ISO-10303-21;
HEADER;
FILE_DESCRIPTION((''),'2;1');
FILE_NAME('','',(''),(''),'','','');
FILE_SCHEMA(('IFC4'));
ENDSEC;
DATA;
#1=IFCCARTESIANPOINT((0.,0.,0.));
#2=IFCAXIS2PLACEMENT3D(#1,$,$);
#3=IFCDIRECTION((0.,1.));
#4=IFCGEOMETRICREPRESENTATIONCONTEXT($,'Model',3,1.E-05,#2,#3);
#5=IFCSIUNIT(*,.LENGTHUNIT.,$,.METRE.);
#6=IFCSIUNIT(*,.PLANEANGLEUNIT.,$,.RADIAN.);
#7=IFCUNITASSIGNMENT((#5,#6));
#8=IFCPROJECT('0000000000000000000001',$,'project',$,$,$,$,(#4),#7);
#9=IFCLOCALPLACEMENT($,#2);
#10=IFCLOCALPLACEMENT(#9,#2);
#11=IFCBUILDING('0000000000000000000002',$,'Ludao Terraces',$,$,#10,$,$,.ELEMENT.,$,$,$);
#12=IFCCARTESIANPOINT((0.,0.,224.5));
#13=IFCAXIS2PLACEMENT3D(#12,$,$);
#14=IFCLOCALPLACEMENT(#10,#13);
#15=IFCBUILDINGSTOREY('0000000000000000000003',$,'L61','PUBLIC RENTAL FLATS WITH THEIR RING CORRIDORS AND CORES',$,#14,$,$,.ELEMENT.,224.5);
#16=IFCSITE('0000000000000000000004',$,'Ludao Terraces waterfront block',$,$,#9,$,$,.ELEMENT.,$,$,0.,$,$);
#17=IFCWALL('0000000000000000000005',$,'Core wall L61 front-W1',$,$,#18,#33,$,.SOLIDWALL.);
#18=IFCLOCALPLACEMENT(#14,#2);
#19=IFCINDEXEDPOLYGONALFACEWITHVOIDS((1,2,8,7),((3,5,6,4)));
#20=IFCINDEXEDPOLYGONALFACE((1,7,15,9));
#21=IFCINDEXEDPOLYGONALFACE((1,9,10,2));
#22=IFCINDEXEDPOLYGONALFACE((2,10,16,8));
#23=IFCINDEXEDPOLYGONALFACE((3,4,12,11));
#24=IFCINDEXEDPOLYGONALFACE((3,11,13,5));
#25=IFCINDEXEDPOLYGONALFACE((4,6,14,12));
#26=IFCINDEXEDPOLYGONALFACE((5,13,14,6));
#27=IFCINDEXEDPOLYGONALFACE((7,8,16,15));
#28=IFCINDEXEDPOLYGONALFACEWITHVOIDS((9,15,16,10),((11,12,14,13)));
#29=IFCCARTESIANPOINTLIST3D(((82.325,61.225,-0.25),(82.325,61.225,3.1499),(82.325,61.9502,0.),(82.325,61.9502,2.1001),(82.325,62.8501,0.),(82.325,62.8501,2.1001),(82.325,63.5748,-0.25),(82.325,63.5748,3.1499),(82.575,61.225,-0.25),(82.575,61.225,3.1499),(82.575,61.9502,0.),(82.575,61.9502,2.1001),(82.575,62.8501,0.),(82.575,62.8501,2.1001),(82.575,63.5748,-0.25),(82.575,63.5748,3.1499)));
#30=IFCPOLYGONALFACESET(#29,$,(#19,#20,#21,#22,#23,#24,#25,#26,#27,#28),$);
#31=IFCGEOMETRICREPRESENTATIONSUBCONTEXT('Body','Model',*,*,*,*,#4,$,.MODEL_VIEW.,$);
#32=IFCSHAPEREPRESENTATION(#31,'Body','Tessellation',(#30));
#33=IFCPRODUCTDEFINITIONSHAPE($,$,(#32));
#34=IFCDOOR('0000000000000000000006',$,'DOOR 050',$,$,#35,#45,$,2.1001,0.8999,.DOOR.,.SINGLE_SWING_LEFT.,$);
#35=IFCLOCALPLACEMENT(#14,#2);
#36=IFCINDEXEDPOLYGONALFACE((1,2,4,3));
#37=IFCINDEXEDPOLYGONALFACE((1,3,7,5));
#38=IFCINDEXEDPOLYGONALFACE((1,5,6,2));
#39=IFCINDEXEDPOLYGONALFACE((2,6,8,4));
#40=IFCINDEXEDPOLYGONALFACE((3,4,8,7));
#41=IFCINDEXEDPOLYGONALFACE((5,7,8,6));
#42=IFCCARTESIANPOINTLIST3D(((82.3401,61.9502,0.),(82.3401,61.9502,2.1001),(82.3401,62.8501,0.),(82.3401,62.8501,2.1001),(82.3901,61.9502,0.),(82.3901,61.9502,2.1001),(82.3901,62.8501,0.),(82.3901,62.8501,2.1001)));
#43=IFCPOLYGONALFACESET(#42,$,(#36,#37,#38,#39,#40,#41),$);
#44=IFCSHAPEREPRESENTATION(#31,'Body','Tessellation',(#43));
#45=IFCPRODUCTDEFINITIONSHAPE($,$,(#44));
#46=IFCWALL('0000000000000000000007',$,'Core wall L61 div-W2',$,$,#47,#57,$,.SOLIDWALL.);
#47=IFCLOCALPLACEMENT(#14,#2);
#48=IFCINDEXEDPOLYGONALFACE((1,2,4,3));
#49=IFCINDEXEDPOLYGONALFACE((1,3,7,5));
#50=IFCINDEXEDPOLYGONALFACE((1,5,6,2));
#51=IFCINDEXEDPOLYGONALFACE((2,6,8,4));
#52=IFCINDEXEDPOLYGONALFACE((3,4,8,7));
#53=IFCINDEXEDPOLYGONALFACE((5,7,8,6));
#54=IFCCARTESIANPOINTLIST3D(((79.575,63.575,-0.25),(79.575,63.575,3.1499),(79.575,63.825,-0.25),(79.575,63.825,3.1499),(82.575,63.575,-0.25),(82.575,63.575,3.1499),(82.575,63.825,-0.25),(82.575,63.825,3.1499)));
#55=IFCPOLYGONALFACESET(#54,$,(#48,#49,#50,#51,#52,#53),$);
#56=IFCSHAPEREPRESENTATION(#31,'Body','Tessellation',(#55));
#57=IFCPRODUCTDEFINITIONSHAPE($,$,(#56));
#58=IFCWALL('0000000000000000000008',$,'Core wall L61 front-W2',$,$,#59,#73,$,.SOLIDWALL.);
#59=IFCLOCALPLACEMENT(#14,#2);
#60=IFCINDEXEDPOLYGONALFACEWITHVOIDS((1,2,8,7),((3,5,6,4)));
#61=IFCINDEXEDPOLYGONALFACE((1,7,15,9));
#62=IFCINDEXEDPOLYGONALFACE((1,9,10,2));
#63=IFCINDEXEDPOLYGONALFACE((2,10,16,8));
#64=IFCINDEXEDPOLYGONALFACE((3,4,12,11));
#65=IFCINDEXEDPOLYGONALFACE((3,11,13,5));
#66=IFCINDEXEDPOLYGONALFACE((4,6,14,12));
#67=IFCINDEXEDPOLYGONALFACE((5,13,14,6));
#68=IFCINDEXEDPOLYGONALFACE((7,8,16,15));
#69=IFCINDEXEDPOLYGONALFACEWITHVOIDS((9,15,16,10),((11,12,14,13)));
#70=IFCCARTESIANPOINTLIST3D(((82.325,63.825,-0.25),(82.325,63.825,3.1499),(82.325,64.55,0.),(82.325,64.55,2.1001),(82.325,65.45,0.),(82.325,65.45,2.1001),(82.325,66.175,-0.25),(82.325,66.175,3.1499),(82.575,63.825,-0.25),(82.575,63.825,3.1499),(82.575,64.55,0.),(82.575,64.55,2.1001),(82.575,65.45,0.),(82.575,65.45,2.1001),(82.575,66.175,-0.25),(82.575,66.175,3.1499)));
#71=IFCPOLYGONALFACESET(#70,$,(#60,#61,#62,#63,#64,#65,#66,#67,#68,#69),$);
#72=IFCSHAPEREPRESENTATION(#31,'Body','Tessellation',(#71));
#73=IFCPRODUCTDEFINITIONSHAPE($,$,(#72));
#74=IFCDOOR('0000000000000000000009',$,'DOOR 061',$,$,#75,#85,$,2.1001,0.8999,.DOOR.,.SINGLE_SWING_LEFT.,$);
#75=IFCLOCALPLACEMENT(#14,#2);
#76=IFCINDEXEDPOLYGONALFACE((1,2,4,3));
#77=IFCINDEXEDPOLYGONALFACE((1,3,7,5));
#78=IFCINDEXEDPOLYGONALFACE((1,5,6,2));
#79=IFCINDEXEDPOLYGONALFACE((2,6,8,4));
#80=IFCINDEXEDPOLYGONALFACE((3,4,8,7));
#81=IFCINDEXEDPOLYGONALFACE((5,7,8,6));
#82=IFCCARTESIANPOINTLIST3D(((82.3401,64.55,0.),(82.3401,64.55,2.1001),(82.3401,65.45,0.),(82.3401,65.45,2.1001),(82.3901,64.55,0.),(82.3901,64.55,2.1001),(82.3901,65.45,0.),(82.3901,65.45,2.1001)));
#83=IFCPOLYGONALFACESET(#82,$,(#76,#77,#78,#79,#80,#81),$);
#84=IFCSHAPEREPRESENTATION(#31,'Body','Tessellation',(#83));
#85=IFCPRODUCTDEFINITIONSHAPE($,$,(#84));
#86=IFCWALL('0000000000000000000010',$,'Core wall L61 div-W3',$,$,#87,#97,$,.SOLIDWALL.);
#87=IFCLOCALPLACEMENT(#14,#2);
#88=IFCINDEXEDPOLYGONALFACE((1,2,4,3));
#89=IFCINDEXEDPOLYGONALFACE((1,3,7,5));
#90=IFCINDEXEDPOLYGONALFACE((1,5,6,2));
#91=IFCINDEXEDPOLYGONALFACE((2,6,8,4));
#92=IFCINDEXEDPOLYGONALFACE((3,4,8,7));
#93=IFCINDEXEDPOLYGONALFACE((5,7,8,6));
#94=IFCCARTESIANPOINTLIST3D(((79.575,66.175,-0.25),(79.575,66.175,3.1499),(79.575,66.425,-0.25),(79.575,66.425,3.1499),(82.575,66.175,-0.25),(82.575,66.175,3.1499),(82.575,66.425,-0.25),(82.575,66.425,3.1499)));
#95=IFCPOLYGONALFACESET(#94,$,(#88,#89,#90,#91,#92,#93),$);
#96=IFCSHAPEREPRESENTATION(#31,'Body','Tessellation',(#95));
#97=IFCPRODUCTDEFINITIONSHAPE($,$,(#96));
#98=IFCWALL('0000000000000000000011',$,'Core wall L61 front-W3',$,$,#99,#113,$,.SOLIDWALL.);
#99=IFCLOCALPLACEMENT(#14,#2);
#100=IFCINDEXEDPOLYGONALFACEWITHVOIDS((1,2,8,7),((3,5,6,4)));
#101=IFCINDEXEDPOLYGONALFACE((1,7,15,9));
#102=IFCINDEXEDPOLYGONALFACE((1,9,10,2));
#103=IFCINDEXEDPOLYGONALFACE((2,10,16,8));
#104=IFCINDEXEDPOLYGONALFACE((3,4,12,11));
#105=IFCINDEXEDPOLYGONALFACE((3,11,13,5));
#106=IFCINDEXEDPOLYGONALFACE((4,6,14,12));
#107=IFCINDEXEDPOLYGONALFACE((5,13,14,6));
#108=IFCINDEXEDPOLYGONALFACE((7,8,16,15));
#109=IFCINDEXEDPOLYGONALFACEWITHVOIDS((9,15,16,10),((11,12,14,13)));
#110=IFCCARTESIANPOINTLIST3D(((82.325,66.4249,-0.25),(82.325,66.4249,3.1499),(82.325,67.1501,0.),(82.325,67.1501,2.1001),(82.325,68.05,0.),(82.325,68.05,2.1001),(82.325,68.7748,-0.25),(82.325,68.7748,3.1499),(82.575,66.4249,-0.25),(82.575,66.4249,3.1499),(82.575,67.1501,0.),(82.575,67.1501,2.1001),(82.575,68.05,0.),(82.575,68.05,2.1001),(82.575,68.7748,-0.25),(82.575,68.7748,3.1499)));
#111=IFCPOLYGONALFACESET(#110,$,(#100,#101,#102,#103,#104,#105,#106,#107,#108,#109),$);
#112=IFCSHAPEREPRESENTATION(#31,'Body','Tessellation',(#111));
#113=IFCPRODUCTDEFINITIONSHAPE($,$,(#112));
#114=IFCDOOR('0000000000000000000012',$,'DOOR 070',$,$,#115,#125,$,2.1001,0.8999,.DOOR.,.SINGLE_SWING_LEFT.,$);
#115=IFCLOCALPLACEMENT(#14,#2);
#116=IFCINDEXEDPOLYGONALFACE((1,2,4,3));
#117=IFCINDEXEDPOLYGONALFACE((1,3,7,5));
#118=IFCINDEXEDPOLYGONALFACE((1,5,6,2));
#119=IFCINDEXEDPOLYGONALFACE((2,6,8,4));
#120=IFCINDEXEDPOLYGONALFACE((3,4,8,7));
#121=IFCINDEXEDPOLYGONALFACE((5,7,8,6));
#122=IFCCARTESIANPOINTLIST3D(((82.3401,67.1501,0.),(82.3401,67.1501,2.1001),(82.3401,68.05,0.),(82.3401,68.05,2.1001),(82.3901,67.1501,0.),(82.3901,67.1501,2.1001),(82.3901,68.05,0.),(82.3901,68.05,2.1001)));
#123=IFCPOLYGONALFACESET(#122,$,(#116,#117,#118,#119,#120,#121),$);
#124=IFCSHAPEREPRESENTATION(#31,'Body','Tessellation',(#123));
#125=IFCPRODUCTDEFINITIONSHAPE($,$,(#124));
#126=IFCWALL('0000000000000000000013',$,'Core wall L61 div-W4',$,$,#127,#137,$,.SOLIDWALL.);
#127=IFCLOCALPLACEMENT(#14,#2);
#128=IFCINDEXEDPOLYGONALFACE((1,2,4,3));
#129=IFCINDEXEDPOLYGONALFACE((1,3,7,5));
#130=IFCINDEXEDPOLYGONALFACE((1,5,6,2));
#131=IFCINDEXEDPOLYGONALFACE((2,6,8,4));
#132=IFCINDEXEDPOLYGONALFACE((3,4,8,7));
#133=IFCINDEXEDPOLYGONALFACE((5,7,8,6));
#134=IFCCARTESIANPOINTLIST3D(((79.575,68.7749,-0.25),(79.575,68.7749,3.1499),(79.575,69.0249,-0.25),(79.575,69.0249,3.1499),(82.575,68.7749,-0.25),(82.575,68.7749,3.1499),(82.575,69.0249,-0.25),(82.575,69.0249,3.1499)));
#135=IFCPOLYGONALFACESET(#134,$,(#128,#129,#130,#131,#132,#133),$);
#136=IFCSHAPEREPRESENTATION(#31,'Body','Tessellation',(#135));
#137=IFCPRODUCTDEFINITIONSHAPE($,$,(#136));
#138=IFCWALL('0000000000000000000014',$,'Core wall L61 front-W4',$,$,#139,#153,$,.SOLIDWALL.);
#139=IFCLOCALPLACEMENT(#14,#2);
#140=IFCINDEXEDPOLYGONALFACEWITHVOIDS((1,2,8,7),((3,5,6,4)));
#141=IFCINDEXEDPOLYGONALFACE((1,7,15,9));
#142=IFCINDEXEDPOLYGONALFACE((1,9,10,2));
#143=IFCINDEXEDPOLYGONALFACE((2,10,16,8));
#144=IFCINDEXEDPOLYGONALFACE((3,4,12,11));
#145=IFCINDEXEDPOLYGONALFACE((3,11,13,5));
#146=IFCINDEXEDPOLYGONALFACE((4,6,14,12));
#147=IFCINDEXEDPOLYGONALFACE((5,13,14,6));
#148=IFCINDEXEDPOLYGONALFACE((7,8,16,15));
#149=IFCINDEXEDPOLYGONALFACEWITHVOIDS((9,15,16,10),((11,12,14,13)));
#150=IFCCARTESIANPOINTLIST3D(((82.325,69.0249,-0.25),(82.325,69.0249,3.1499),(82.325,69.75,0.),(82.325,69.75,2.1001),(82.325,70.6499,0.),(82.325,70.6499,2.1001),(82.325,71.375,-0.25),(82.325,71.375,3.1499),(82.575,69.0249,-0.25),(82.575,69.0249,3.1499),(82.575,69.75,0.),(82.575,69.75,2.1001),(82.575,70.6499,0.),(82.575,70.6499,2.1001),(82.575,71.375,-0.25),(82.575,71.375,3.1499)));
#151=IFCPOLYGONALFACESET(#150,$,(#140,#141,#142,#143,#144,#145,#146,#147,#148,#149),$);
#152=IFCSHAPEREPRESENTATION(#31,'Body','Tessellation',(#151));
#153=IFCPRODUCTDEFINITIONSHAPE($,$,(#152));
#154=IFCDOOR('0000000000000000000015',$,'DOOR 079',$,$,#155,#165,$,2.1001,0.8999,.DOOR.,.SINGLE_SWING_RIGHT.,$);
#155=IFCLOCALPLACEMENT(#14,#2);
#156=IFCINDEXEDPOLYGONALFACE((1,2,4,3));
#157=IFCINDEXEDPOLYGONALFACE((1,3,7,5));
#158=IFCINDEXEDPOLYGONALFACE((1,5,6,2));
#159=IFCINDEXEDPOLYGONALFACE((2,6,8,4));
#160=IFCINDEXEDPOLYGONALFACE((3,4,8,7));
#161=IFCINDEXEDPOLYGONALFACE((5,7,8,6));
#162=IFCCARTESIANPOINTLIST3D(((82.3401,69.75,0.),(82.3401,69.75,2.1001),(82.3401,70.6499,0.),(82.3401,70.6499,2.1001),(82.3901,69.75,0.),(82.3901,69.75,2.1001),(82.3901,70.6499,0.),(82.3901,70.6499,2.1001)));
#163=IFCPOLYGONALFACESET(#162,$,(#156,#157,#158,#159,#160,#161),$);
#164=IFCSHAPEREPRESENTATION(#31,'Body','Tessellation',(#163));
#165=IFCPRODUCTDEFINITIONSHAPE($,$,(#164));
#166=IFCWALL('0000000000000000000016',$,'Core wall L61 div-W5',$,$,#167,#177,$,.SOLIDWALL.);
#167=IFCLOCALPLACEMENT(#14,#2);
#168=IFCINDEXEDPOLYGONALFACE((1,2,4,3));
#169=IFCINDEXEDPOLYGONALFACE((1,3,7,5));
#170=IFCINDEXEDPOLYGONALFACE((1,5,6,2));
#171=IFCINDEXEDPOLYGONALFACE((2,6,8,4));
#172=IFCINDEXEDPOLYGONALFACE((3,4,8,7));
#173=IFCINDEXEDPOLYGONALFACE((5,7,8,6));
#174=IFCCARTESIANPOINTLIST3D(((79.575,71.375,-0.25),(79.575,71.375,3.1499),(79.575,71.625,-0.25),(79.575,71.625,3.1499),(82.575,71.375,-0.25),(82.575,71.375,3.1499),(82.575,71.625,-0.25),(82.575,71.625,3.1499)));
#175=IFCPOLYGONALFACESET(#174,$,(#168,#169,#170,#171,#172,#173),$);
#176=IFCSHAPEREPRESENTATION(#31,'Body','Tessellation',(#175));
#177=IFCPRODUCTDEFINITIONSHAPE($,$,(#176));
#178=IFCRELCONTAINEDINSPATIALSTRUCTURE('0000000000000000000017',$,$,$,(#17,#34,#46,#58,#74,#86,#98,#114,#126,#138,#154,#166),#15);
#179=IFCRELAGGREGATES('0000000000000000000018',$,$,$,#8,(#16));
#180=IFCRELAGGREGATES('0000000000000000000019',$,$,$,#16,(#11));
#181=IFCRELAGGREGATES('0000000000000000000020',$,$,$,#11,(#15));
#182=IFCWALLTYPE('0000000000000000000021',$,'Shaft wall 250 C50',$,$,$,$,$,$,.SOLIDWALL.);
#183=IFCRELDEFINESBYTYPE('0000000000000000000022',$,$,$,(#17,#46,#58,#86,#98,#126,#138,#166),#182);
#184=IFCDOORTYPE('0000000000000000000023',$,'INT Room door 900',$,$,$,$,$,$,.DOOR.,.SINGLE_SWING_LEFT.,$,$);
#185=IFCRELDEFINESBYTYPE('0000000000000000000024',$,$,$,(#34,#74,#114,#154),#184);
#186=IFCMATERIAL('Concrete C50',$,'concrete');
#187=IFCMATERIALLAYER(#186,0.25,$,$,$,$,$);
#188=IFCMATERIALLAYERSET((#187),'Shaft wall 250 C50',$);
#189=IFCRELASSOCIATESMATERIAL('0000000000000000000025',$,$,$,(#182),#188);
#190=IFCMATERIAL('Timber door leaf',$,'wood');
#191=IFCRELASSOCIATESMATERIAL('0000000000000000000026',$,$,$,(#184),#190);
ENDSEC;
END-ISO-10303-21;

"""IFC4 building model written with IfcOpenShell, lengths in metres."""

from ifc_helpers import new_model, si_unit, direction, frame, frame_2d, origin, place, context, subcontext, project, spatial, rectangle, extrude, material, layer, layer_set, type_object, element, fill, save


model = new_model("IFC4")

# Units and contexts
model_context = context("Model", 3, precision=1e-05, world=origin(), true_north=direction((0.0, 1.0)))
body_context = subcontext(model_context, "Body", "Model", "MODEL_VIEW")
ifc_project = project(units=[si_unit("LENGTHUNIT", "METRE"), si_unit("PLANEANGLEUNIT", "RADIAN")], contexts=[model_context])

# Site, building, storey
site_placement = place(None, origin())
site = spatial("IfcSite", under=ifc_project, at=site_placement, Name="Ludao Terraces waterfront block", CompositionType="ELEMENT", RefElevation=0.0)
building_placement = place(site_placement, origin())
building = spatial("IfcBuilding", under=site, at=building_placement, Name="Ludao Terraces", CompositionType="ELEMENT")
storey_placement = place(building_placement, frame((0.0, 0.0, 224.5)))
storey = spatial("IfcBuildingStorey", under=building, at=storey_placement, Name="L61", Description="PUBLIC RENTAL FLATS WITH THEIR RING CORRIDORS AND CORES", CompositionType="ELEMENT", Elevation=224.5)

# Shared definitions
ifc_material_1 = material(Name="Concrete C50", Category="concrete")

# Shared definitions
ifc_material_2 = material(Name="Timber door leaf", Category="wood")

# Wall, opening, door
ifc_layer_1 = layer(ifc_material_1, 0.25)
ifc_layer_set_1 = layer_set([ifc_layer_1], Name="Shaft wall 250 C50")
wall_type_1 = type_object("IfcWallType", Name="Shaft wall 250 C50", PredefinedType="SOLIDWALL", material=ifc_layer_set_1)
wall_1_placement = place(storey_placement, frame((82.45, 61.2251, -0.25), z_axis=(0.0, 0.0, 1.0), x_axis=(0.0, 1.0, 0.0)))
wall_1 = element("IfcWall", 1, at=wall_1_placement, inside=storey, type_object=wall_type_1, Name="Core wall L61 front-W1", PredefinedType="SOLIDWALL", context=body_context, shape_type="SweptSolid", body=[
    extrude(rectangle(XDim=2.3499, YDim=0.25, at=frame_2d((1.1748, 0.0))), origin(), (0.0, 0.0, 1.0), 3.3999),
])
opening_1_placement = place(wall_1_placement, frame((0.7251, 0.0, 0.25)))
opening_1 = element("IfcOpeningElement", 2, at=opening_1_placement, cuts=wall_1, PredefinedType="OPENING", context=body_context, shape_type="SweptSolid", body=[
    extrude(rectangle(XDim=0.8999, YDim=2.1001, at=frame_2d((0.45, 1.05))), frame((0.0, 0.135, 0.0), z_axis=(0.0, -1.0, 0.0), x_axis=(1.0, 0.0, 0.0)), (0.0, 0.0, 1.0), 0.27),
])
door_type_1 = type_object("IfcDoorType", Name="INT Room door 900", OperationType="SINGLE_SWING_LEFT", PredefinedType="DOOR", material=ifc_material_2)
door_1_placement = place(opening_1_placement, origin())
door_1 = element("IfcDoor", 3, at=door_1_placement, inside=storey, type_object=door_type_1, Name="DOOR 050", OperationType="SINGLE_SWING_LEFT", OverallHeight=2.1001, OverallWidth=0.8999, PredefinedType="DOOR", context=body_context, shape_type="SweptSolid", body=[
    extrude(rectangle(XDim=0.8999, YDim=2.1001, at=frame_2d((0.45, 1.05))), frame((0.0, 0.1099, 0.0), z_axis=(0.0, -1.0, 0.0), x_axis=(1.0, 0.0, 0.0)), (0.0, 0.0, 1.0), 0.05),
])
fill(opening_1, door_1)

# Wall
wall_2_placement = place(storey_placement, frame((79.575, 63.7, -0.25), z_axis=(0.0, 0.0, 1.0), x_axis=(1.0, 0.0, 0.0)))
element("IfcWall", 4, at=wall_2_placement, inside=storey, type_object=wall_type_1, Name="Core wall L61 div-W2", PredefinedType="SOLIDWALL", context=body_context, shape_type="SweptSolid", body=[
    extrude(rectangle(XDim=3.0, YDim=0.25, at=frame_2d((1.5, 0.0))), origin(), (0.0, 0.0, 1.0), 3.3999),
])

# Wall, opening, door
wall_3_placement = place(storey_placement, frame((82.45, 63.825, -0.25), z_axis=(0.0, 0.0, 1.0), x_axis=(0.0, 1.0, 0.0)))
wall_3 = element("IfcWall", 5, at=wall_3_placement, inside=storey, type_object=wall_type_1, Name="Core wall L61 front-W2", PredefinedType="SOLIDWALL", context=body_context, shape_type="SweptSolid", body=[
    extrude(rectangle(XDim=2.3501, YDim=0.25, at=frame_2d((1.175, 0.0))), origin(), (0.0, 0.0, 1.0), 3.3999),
])
opening_2_placement = place(wall_3_placement, frame((0.7251, 0.0, 0.25)))
opening_2 = element("IfcOpeningElement", 6, at=opening_2_placement, cuts=wall_3, PredefinedType="OPENING", context=body_context, shape_type="SweptSolid", body=[
    extrude(rectangle(XDim=0.8999, YDim=2.1001, at=frame_2d((0.45, 1.05))), frame((0.0, 0.135, 0.0), z_axis=(0.0, -1.0, 0.0), x_axis=(1.0, 0.0, 0.0)), (0.0, 0.0, 1.0), 0.27),
])
door_2_placement = place(opening_2_placement, origin())
door_2 = element("IfcDoor", 7, at=door_2_placement, inside=storey, type_object=door_type_1, Name="DOOR 061", OperationType="SINGLE_SWING_LEFT", OverallHeight=2.1001, OverallWidth=0.8999, PredefinedType="DOOR", context=body_context, shape_type="SweptSolid", body=[
    extrude(rectangle(XDim=0.8999, YDim=2.1001, at=frame_2d((0.45, 1.05))), frame((0.0, 0.1099, 0.0), z_axis=(0.0, -1.0, 0.0), x_axis=(1.0, 0.0, 0.0)), (0.0, 0.0, 1.0), 0.05),
])
fill(opening_2, door_2)

# Wall
wall_4_placement = place(storey_placement, frame((79.575, 66.3, -0.25), z_axis=(0.0, 0.0, 1.0), x_axis=(1.0, 0.0, 0.0)))
element("IfcWall", 8, at=wall_4_placement, inside=storey, type_object=wall_type_1, Name="Core wall L61 div-W3", PredefinedType="SOLIDWALL", context=body_context, shape_type="SweptSolid", body=[
    extrude(rectangle(XDim=3.0, YDim=0.25, at=frame_2d((1.5, 0.0))), origin(), (0.0, 0.0, 1.0), 3.3999),
])

# Wall, opening, door
wall_5_placement = place(storey_placement, frame((82.45, 66.425, -0.25), z_axis=(0.0, 0.0, 1.0), x_axis=(0.0, 1.0, 0.0)))
wall_5 = element("IfcWall", 9, at=wall_5_placement, inside=storey, type_object=wall_type_1, Name="Core wall L61 front-W3", PredefinedType="SOLIDWALL", context=body_context, shape_type="SweptSolid", body=[
    extrude(rectangle(XDim=2.3499, YDim=0.25, at=frame_2d((1.1748, 0.0))), origin(), (0.0, 0.0, 1.0), 3.3999),
])
opening_3_placement = place(wall_5_placement, frame((0.7251, 0.0, 0.25)))
opening_3 = element("IfcOpeningElement", 10, at=opening_3_placement, cuts=wall_5, PredefinedType="OPENING", context=body_context, shape_type="SweptSolid", body=[
    extrude(rectangle(XDim=0.8999, YDim=2.1001, at=frame_2d((0.45, 1.05))), frame((0.0, 0.135, 0.0), z_axis=(0.0, -1.0, 0.0), x_axis=(1.0, 0.0, 0.0)), (0.0, 0.0, 1.0), 0.27),
])
door_3_placement = place(opening_3_placement, origin())
door_3 = element("IfcDoor", 11, at=door_3_placement, inside=storey, type_object=door_type_1, Name="DOOR 070", OperationType="SINGLE_SWING_LEFT", OverallHeight=2.1001, OverallWidth=0.8999, PredefinedType="DOOR", context=body_context, shape_type="SweptSolid", body=[
    extrude(rectangle(XDim=0.8999, YDim=2.1001, at=frame_2d((0.45, 1.05))), frame((0.0, 0.1099, 0.0), z_axis=(0.0, -1.0, 0.0), x_axis=(1.0, 0.0, 0.0)), (0.0, 0.0, 1.0), 0.05),
])
fill(opening_3, door_3)

# Wall
wall_6_placement = place(storey_placement, frame((79.575, 68.8999, -0.25), z_axis=(0.0, 0.0, 1.0), x_axis=(1.0, 0.0, 0.0)))
element("IfcWall", 12, at=wall_6_placement, inside=storey, type_object=wall_type_1, Name="Core wall L61 div-W4", PredefinedType="SOLIDWALL", context=body_context, shape_type="SweptSolid", body=[
    extrude(rectangle(XDim=3.0, YDim=0.25, at=frame_2d((1.5, 0.0))), origin(), (0.0, 0.0, 1.0), 3.3999),
])

# Wall, opening, door
wall_7_placement = place(storey_placement, frame((82.45, 69.0249, -0.25), z_axis=(0.0, 0.0, 1.0), x_axis=(0.0, 1.0, 0.0)))
wall_7 = element("IfcWall", 13, at=wall_7_placement, inside=storey, type_object=wall_type_1, Name="Core wall L61 front-W4", PredefinedType="SOLIDWALL", context=body_context, shape_type="SweptSolid", body=[
    extrude(rectangle(XDim=2.3501, YDim=0.25, at=frame_2d((1.175, 0.0))), origin(), (0.0, 0.0, 1.0), 3.3999),
])
opening_4_placement = place(wall_7_placement, frame((0.7251, 0.0, 0.25)))
opening_4 = element("IfcOpeningElement", 14, at=opening_4_placement, cuts=wall_7, PredefinedType="OPENING", context=body_context, shape_type="SweptSolid", body=[
    extrude(rectangle(XDim=0.8999, YDim=2.1001, at=frame_2d((0.45, 1.05))), frame((0.0, 0.135, 0.0), z_axis=(0.0, -1.0, 0.0), x_axis=(1.0, 0.0, 0.0)), (0.0, 0.0, 1.0), 0.27),
])
door_4_placement = place(opening_4_placement, origin())
door_4 = element("IfcDoor", 15, at=door_4_placement, inside=storey, type_object=door_type_1, Name="DOOR 079", OperationType="SINGLE_SWING_RIGHT", OverallHeight=2.1001, OverallWidth=0.8999, PredefinedType="DOOR", context=body_context, shape_type="SweptSolid", body=[
    extrude(rectangle(XDim=0.8999, YDim=2.1001, at=frame_2d((0.45, 1.05))), frame((0.0, 0.1099, 0.0), z_axis=(0.0, -1.0, 0.0), x_axis=(1.0, 0.0, 0.0)), (0.0, 0.0, 1.0), 0.05),
])
fill(opening_4, door_4)

# Wall
wall_8_placement = place(storey_placement, frame((79.575, 71.5, -0.25), z_axis=(0.0, 0.0, 1.0), x_axis=(1.0, 0.0, 0.0)))
element("IfcWall", 16, at=wall_8_placement, inside=storey, type_object=wall_type_1, Name="Core wall L61 div-W5", PredefinedType="SOLIDWALL", context=body_context, shape_type="SweptSolid", body=[
    extrude(rectangle(XDim=3.0, YDim=0.25, at=frame_2d((1.5, 0.0))), origin(), (0.0, 0.0, 1.0), 3.3999),
])

save(model, "model.ifc")
